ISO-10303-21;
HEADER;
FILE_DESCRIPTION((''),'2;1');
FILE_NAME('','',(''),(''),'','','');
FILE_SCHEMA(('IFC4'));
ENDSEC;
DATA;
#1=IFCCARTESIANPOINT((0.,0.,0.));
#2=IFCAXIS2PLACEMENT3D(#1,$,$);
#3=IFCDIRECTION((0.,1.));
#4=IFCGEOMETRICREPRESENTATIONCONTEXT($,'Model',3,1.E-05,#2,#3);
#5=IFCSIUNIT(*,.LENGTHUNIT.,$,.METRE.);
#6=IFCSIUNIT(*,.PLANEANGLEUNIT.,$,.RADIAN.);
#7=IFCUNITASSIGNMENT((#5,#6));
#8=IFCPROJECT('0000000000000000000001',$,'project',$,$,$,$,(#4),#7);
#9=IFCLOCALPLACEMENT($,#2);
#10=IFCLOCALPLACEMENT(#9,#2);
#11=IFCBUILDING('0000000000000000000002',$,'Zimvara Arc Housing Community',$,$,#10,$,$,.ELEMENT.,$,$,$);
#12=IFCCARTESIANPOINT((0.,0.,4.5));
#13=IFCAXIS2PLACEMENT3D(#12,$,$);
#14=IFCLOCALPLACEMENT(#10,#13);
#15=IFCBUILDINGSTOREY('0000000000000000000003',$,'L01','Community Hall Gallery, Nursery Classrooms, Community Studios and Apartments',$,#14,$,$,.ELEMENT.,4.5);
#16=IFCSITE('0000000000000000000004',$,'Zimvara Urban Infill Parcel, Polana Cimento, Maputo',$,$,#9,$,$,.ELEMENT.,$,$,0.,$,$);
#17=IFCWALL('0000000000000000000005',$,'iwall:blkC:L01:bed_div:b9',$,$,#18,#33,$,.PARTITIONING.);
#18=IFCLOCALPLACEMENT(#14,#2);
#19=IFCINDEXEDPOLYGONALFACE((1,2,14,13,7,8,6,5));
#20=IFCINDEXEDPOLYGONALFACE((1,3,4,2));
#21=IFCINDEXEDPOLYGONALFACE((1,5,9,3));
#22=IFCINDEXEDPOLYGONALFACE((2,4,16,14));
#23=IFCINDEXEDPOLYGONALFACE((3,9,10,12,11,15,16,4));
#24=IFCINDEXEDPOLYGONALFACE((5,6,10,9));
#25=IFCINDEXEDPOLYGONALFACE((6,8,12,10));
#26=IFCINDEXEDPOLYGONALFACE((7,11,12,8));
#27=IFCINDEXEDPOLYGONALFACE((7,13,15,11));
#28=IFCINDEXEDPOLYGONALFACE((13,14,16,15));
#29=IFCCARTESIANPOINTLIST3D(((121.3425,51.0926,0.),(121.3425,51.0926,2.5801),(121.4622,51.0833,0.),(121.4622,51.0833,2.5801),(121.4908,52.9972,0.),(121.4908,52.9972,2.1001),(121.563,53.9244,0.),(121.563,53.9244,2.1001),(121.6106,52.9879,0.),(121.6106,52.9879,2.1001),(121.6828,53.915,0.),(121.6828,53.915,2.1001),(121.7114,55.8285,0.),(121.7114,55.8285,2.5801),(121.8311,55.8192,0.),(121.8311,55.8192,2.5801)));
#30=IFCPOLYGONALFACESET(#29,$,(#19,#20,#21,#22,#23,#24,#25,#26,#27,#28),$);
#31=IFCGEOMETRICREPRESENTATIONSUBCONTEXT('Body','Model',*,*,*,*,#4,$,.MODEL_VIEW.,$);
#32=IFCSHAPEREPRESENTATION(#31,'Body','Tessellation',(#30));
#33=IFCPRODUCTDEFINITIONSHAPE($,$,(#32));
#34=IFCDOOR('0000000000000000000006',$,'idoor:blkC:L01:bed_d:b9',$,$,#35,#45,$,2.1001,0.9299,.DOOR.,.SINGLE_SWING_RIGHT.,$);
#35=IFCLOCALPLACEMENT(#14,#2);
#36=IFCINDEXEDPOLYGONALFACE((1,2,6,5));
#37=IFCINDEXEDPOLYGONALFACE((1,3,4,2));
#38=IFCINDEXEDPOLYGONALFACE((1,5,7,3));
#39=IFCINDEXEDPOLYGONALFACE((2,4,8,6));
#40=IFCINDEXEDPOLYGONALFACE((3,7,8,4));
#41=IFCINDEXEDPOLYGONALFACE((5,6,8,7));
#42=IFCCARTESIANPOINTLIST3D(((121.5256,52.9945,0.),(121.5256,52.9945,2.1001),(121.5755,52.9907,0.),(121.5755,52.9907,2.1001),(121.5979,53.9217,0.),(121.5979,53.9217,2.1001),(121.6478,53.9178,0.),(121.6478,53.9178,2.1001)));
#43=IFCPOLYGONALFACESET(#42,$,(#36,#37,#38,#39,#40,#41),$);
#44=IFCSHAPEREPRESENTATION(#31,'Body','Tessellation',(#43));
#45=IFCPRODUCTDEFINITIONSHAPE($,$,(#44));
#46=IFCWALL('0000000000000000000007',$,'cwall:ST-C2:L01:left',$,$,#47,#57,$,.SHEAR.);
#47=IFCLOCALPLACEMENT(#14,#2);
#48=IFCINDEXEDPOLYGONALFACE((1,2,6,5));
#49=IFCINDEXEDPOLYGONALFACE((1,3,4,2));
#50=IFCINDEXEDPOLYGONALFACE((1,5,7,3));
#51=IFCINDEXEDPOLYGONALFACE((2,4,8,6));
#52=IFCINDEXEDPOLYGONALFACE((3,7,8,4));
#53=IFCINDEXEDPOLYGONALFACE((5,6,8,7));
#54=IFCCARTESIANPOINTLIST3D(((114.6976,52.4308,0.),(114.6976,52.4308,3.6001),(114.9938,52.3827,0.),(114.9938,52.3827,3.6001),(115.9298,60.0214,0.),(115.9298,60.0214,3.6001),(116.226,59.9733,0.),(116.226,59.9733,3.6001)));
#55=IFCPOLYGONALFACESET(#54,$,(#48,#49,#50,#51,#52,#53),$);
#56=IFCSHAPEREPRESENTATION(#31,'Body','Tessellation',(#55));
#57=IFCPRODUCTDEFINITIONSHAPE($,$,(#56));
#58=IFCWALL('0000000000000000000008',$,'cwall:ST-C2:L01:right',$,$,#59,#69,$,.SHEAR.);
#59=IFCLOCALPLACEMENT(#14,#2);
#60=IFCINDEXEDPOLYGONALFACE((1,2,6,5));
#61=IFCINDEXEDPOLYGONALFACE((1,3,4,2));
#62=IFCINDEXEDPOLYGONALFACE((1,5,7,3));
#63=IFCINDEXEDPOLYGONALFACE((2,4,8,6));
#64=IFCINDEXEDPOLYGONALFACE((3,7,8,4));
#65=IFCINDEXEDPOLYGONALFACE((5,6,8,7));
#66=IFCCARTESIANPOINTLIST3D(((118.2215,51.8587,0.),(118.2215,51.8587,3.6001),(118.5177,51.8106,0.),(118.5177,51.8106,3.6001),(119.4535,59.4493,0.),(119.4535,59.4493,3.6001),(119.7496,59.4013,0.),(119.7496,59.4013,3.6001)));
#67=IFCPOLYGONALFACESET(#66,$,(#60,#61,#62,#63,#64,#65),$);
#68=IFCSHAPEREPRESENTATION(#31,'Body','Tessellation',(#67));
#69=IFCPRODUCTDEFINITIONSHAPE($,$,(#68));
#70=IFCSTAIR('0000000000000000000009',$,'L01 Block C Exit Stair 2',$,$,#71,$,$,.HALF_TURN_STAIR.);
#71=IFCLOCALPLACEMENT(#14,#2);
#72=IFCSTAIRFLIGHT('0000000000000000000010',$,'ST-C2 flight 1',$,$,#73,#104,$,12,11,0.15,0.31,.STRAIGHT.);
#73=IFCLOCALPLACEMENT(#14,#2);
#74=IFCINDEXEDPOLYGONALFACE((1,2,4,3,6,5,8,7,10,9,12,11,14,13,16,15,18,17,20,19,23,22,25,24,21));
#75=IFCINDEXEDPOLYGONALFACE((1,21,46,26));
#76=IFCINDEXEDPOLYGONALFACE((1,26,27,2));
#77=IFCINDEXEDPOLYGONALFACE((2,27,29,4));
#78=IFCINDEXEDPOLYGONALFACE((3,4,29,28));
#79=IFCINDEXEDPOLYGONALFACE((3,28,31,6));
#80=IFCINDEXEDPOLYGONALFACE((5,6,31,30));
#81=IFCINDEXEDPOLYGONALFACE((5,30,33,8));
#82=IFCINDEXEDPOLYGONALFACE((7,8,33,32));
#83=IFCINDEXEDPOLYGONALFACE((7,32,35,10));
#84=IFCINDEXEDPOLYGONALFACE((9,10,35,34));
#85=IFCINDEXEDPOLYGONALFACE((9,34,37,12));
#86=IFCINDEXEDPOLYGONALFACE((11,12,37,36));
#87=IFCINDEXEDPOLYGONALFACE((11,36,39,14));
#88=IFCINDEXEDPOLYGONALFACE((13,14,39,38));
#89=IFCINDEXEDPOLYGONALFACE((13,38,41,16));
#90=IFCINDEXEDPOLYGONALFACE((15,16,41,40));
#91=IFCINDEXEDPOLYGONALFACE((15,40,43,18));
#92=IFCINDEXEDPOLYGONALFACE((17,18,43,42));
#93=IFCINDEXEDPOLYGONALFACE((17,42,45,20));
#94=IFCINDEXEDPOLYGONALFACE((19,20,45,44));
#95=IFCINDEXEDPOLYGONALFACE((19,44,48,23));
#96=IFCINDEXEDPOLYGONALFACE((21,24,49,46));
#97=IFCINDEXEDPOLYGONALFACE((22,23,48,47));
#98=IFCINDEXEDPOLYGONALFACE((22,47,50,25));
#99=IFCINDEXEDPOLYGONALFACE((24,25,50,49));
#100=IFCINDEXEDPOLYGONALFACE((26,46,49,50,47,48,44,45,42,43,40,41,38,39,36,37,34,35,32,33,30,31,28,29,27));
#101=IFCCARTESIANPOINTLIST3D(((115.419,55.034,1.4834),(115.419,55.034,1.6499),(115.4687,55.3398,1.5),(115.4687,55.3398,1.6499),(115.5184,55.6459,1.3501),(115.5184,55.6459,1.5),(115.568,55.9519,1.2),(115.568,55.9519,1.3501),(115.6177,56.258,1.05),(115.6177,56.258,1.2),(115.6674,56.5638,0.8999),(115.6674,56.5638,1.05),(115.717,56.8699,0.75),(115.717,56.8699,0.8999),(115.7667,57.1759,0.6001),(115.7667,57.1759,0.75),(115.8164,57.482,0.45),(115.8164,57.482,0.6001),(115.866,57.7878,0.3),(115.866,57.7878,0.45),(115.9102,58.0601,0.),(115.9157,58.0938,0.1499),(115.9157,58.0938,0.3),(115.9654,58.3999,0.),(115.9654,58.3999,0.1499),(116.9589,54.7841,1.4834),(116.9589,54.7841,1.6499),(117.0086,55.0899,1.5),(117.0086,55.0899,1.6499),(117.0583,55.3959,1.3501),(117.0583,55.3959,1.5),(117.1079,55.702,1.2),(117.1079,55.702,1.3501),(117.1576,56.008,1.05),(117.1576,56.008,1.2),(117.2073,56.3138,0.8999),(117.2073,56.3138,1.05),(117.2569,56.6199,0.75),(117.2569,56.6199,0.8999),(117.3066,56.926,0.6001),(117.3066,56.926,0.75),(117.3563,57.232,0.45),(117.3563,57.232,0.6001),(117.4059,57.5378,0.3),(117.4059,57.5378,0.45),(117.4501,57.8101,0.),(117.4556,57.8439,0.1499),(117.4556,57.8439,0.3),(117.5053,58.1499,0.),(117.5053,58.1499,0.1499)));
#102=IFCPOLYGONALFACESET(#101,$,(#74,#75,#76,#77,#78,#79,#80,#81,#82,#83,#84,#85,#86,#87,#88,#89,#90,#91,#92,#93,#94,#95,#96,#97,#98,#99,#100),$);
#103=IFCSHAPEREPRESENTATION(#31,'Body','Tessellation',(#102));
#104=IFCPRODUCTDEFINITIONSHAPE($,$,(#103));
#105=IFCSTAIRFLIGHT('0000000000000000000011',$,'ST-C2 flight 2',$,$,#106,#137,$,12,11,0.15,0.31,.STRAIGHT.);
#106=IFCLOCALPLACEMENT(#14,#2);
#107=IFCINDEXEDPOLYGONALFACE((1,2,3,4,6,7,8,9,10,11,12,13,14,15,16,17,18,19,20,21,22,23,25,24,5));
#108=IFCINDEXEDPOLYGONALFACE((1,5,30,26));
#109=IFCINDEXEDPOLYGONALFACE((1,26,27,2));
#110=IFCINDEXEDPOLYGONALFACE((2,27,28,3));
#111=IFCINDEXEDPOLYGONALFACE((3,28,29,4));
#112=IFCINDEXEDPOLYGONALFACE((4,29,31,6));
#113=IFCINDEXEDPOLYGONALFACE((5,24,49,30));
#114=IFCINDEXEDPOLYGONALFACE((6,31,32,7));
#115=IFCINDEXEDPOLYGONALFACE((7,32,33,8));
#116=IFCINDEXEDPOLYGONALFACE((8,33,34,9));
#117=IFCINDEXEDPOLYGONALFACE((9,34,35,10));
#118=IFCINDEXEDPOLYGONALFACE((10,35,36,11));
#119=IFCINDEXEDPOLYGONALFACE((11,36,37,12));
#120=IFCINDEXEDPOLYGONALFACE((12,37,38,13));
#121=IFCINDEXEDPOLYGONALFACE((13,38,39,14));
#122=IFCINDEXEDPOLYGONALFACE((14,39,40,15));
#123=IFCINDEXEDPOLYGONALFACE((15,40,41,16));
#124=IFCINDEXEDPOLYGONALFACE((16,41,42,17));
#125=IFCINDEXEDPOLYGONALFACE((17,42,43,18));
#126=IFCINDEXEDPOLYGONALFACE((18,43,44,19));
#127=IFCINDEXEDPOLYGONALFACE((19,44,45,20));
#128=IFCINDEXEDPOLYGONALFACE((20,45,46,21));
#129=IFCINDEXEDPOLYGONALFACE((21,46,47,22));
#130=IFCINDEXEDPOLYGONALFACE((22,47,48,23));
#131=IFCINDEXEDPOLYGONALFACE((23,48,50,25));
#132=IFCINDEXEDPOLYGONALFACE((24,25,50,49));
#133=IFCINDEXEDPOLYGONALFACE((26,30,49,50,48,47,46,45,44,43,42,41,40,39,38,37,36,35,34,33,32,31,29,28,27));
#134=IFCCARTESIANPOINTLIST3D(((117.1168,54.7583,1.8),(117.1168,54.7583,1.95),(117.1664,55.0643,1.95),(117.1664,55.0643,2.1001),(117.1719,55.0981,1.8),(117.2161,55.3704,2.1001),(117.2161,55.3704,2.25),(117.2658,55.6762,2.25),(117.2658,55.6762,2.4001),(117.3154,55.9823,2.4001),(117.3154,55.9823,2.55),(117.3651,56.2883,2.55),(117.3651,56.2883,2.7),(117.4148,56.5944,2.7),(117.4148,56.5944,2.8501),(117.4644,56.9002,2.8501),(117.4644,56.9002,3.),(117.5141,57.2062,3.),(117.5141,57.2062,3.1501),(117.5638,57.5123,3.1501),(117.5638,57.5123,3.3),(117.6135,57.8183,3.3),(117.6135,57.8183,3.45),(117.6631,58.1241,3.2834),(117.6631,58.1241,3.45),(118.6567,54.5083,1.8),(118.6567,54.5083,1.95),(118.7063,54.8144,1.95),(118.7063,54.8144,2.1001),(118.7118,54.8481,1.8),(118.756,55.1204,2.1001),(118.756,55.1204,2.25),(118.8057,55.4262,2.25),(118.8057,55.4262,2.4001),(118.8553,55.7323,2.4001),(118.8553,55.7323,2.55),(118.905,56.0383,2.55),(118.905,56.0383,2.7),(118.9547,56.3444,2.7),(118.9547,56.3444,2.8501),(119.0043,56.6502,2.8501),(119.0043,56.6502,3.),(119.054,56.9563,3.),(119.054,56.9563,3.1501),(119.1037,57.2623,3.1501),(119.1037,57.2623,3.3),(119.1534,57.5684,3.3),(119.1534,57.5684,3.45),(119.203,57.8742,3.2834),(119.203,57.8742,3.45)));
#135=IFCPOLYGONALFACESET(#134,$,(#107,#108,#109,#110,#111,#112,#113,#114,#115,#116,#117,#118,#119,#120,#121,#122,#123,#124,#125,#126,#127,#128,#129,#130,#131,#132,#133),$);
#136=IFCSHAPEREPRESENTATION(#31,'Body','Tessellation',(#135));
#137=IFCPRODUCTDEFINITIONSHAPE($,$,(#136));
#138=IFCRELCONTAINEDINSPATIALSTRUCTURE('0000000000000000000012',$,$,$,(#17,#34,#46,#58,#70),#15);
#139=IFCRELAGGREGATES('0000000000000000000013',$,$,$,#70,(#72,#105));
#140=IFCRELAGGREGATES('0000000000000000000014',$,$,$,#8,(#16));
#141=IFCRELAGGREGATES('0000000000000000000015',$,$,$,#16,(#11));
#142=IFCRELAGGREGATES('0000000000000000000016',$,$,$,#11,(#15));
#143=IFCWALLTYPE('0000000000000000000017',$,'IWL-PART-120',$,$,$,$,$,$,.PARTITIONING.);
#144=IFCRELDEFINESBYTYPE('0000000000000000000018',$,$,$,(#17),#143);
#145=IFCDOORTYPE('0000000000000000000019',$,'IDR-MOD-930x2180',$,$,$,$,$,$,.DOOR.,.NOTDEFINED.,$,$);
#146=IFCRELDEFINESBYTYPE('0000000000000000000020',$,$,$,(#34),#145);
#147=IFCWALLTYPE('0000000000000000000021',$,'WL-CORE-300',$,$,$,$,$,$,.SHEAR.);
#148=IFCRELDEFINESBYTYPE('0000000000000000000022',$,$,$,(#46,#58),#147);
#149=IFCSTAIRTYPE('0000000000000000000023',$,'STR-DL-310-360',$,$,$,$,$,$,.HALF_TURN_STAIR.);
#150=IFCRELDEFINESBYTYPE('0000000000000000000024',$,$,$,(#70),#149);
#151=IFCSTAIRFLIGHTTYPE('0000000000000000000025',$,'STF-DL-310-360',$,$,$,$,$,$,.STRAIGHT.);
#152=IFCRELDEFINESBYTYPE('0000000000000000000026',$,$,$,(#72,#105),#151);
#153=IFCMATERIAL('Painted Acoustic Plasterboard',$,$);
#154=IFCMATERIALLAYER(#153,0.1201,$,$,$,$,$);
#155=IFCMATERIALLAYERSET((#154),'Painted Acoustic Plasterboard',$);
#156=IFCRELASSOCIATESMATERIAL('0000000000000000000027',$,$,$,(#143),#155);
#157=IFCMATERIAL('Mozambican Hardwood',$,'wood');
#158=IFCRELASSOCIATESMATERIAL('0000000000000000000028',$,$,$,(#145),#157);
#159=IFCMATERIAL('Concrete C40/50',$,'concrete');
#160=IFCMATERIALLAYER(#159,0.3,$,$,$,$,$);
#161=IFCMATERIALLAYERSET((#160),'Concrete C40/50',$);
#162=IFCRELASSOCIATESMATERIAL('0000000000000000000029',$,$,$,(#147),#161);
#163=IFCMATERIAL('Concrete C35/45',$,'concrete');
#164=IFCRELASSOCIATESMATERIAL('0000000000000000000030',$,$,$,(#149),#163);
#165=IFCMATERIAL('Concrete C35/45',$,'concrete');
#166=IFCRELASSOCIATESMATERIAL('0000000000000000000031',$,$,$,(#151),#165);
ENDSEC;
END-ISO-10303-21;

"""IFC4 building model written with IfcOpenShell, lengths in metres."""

from ifc_helpers import new_model, si_unit, direction, frame, frame_2d, origin, place, context, subcontext, project, spatial, polyline, rectangle, outline, extrude, material, layer, layer_set, type_object, element, fill, aggregate, save


model = new_model("IFC4")

# Units and contexts
model_context = context("Model", 3, precision=1e-05, world=origin(), true_north=direction((0.0, 1.0)))
body_context = subcontext(model_context, "Body", "Model", "MODEL_VIEW")
ifc_project = project(units=[si_unit("LENGTHUNIT", "METRE"), si_unit("PLANEANGLEUNIT", "RADIAN")], contexts=[model_context])

# Site, building, storey
site_placement = place(None, origin())
site = spatial("IfcSite", under=ifc_project, at=site_placement, Name="Zimvara Urban Infill Parcel, Polana Cimento, Maputo", CompositionType="ELEMENT", RefElevation=0.0)
building_placement = place(site_placement, origin())
building = spatial("IfcBuilding", under=site, at=building_placement, Name="Zimvara Arc Housing Community", CompositionType="ELEMENT")
storey_placement = place(building_placement, frame((0.0, 0.0, 4.5)))
storey = spatial("IfcBuildingStorey", under=building, at=storey_placement, Name="L01", Description="Community Hall Gallery, Nursery Classrooms, Community Studios and Apartments", CompositionType="ELEMENT", Elevation=4.5)

# Wall, opening, door
ifc_material_1 = material(Name="Painted Acoustic Plasterboard")
ifc_layer_1 = layer(ifc_material_1, 0.1201)
ifc_layer_set_1 = layer_set([ifc_layer_1], Name="Painted Acoustic Plasterboard")
wall_type_1 = type_object("IfcWallType", Name="IWL-PART-120", PredefinedType="PARTITIONING", material=ifc_layer_set_1)
wall_1_placement = place(storey_placement, frame((121.7712, 55.8237, 0.0), z_axis=(0.0, 0.0, 1.0), x_axis=(-0.077659, -0.99698, 0.0)))
wall_1 = element("IfcWall", 1, at=wall_1_placement, inside=storey, type_object=wall_type_1, Name="iwall:blkC:L01:bed_div:b9", PredefinedType="PARTITIONING", context=body_context, shape_type="SweptSolid", body=[
    extrude(rectangle(XDim=4.7502, YDim=0.1201, at=frame_2d((2.375, 0.0))), origin(), (0.0, 0.0, 1.0), 2.5801),
])
opening_1_placement = place(wall_1_placement, frame((1.9099, 0.0, 0.0)))
opening_1 = element("IfcOpeningElement", 2, at=opening_1_placement, cuts=wall_1, PredefinedType="OPENING", context=body_context, shape_type="SweptSolid", body=[
    extrude(rectangle(XDim=0.9299, YDim=2.1001, at=frame_2d((0.4648, 1.05))), frame((0.0, 0.0701, 0.0), z_axis=(0.0, -1.0, 0.0), x_axis=(1.0, 0.0, 0.0)), (0.0, 0.0, 1.0), 0.1401),
])
ifc_material_2 = material(Name="Mozambican Hardwood", Category="wood")
door_type_1 = type_object("IfcDoorType", Name="IDR-MOD-930x2180", OperationType="NOTDEFINED", PredefinedType="DOOR", material=ifc_material_2)
door_1_placement = place(opening_1_placement, origin())
door_1 = element("IfcDoor", 3, at=door_1_placement, inside=storey, type_object=door_type_1, Name="idoor:blkC:L01:bed_d:b9", OperationType="SINGLE_SWING_RIGHT", OverallHeight=2.1001, OverallWidth=0.9299, PredefinedType="DOOR", context=body_context, shape_type="SweptSolid", body=[
    extrude(rectangle(XDim=0.9299, YDim=2.1001, at=frame_2d((0.4648, 1.05))), frame((0.0, 0.0249, 0.0), z_axis=(0.0, -1.0, 0.0), x_axis=(1.0, 0.0, 0.0)), (0.0, 0.0, 1.0), 0.05),
])
fill(opening_1, door_1)
ifc_material_3 = material(Name="Concrete C40/50", Category="concrete")
ifc_layer_2 = layer(ifc_material_3, 0.3)
ifc_layer_set_2 = layer_set([ifc_layer_2], Name="Concrete C40/50")
wall_type_2 = type_object("IfcWallType", Name="WL-CORE-300", PredefinedType="SHEAR", material=ifc_layer_set_2)

# Walls
for number, where, z_axis, x_axis, name in (
    (4, (116.0779, 59.9973, 0.0), (0.0, 0.0, 1.0), (-0.160233, -0.987079, 0.0), "cwall:ST-C2:L01:left"),
    (5, (119.6016, 59.4253, 0.0), (0.0, 0.0, 1.0), (-0.160202, -0.987084, 0.0), "cwall:ST-C2:L01:right"),
):
    element("IfcWall", number, at=place(storey_placement, frame(where, z_axis=z_axis, x_axis=x_axis)), inside=storey, type_object=wall_type_2, Name=name, PredefinedType="SHEAR", context=body_context, shape_type="SweptSolid", body=[
        extrude(rectangle(XDim=7.6899, YDim=0.3, at=frame_2d((3.845, 0.0))), origin(), (0.0, 0.0, 1.0), 3.6001),
    ])

# Stair, stair flights
ifc_material_4 = material(Name="Concrete C35/45", Category="concrete")
stair_type = type_object("IfcStairType", Name="STR-DL-310-360", PredefinedType="HALF_TURN_STAIR", material=ifc_material_4)
stair_placement = place(storey_placement, origin())
stair = element("IfcStair", 6, at=stair_placement, inside=storey, type_object=stair_type, Name="L01 Block C Exit Stair 2", PredefinedType="HALF_TURN_STAIR")
ifc_material_5 = material(Name="Concrete C35/45", Category="concrete")
stair_flight_type = type_object("IfcStairFlightType", Name="STF-DL-310-360", PredefinedType="STRAIGHT", material=ifc_material_5)
stair_flight_1_placement = place(storey_placement, frame((116.7354, 58.2749, 0.0), z_axis=(0.0, 0.0, 1.0), x_axis=(-0.160226, -0.98708, 0.0)))
stair_flight_1 = element("IfcStairFlight", 7, at=stair_flight_1_placement, type_object=stair_flight_type, Name="ST-C2 flight 1", NumberOfRisers=12, NumberOfTreads=11, PredefinedType="STRAIGHT", RiserHeight=0.15, TreadLength=0.31, context=body_context, shape_type="SweptSolid", body=[
    extrude(outline(polyline([(0.0, 0.0), (0.0, 0.1499), (0.3101, 0.1499), (0.3101, 0.3), (0.6201, 0.3), (0.6201, 0.45), (0.9299, 0.45), (0.9299, 0.6001), (1.24, 0.6001), (1.24, 0.75), (1.55, 0.75), (1.55, 0.8999), (1.8601, 0.8999), (1.8601, 1.05), (2.1699, 1.05), (2.1699, 1.2), (2.48, 1.2), (2.48, 1.3501), (2.79, 1.3501), (2.79, 1.5), (3.1001, 1.5), (3.1001, 1.6499), (3.4099, 1.6499), (3.4099, 1.8), (3.4099, 1.4834), (0.3442, 0.0), (0.0, 0.0)])), frame((0.0, 0.78, 0.0), z_axis=(0.0, -1.0, 0.0), x_axis=(1.0, 0.0, 0.0)), (0.0, 0.0, 1.0), 1.5601),
])
stair_flight_2_placement = place(storey_placement, frame((117.8867, 54.6333, 1.8), z_axis=(0.0, 0.0, 1.0), x_axis=(0.160226, 0.98708, 0.0)))
stair_flight_2 = element("IfcStairFlight", 8, at=stair_flight_2_placement, type_object=stair_flight_type, Name="ST-C2 flight 2", NumberOfRisers=12, NumberOfTreads=11, PredefinedType="STRAIGHT", RiserHeight=0.15, TreadLength=0.31, context=body_context, shape_type="SweptSolid", body=[
    extrude(outline(polyline([(0.0, 0.0), (0.0, 0.1499), (0.3101, 0.1499), (0.3101, 0.3), (0.6201, 0.3), (0.6201, 0.45), (0.9299, 0.45), (0.9299, 0.6001), (1.24, 0.6001), (1.24, 0.75), (1.55, 0.75), (1.55, 0.8999), (1.8601, 0.8999), (1.8601, 1.05), (2.1699, 1.05), (2.1699, 1.2), (2.48, 1.2), (2.48, 1.3501), (2.79, 1.3501), (2.79, 1.5), (3.1001, 1.5), (3.1001, 1.6499), (3.4099, 1.6499), (3.4099, 1.8), (3.4099, 1.4834), (0.3442, 0.0), (0.0, 0.0)])), frame((0.0, 0.78, 0.0), z_axis=(0.0, -1.0, 0.0), x_axis=(1.0, 0.0, 0.0)), (0.0, 0.0, 1.0), 1.5601),
])
aggregate(stair, [stair_flight_1, stair_flight_2])

save(model, "model.ifc")
